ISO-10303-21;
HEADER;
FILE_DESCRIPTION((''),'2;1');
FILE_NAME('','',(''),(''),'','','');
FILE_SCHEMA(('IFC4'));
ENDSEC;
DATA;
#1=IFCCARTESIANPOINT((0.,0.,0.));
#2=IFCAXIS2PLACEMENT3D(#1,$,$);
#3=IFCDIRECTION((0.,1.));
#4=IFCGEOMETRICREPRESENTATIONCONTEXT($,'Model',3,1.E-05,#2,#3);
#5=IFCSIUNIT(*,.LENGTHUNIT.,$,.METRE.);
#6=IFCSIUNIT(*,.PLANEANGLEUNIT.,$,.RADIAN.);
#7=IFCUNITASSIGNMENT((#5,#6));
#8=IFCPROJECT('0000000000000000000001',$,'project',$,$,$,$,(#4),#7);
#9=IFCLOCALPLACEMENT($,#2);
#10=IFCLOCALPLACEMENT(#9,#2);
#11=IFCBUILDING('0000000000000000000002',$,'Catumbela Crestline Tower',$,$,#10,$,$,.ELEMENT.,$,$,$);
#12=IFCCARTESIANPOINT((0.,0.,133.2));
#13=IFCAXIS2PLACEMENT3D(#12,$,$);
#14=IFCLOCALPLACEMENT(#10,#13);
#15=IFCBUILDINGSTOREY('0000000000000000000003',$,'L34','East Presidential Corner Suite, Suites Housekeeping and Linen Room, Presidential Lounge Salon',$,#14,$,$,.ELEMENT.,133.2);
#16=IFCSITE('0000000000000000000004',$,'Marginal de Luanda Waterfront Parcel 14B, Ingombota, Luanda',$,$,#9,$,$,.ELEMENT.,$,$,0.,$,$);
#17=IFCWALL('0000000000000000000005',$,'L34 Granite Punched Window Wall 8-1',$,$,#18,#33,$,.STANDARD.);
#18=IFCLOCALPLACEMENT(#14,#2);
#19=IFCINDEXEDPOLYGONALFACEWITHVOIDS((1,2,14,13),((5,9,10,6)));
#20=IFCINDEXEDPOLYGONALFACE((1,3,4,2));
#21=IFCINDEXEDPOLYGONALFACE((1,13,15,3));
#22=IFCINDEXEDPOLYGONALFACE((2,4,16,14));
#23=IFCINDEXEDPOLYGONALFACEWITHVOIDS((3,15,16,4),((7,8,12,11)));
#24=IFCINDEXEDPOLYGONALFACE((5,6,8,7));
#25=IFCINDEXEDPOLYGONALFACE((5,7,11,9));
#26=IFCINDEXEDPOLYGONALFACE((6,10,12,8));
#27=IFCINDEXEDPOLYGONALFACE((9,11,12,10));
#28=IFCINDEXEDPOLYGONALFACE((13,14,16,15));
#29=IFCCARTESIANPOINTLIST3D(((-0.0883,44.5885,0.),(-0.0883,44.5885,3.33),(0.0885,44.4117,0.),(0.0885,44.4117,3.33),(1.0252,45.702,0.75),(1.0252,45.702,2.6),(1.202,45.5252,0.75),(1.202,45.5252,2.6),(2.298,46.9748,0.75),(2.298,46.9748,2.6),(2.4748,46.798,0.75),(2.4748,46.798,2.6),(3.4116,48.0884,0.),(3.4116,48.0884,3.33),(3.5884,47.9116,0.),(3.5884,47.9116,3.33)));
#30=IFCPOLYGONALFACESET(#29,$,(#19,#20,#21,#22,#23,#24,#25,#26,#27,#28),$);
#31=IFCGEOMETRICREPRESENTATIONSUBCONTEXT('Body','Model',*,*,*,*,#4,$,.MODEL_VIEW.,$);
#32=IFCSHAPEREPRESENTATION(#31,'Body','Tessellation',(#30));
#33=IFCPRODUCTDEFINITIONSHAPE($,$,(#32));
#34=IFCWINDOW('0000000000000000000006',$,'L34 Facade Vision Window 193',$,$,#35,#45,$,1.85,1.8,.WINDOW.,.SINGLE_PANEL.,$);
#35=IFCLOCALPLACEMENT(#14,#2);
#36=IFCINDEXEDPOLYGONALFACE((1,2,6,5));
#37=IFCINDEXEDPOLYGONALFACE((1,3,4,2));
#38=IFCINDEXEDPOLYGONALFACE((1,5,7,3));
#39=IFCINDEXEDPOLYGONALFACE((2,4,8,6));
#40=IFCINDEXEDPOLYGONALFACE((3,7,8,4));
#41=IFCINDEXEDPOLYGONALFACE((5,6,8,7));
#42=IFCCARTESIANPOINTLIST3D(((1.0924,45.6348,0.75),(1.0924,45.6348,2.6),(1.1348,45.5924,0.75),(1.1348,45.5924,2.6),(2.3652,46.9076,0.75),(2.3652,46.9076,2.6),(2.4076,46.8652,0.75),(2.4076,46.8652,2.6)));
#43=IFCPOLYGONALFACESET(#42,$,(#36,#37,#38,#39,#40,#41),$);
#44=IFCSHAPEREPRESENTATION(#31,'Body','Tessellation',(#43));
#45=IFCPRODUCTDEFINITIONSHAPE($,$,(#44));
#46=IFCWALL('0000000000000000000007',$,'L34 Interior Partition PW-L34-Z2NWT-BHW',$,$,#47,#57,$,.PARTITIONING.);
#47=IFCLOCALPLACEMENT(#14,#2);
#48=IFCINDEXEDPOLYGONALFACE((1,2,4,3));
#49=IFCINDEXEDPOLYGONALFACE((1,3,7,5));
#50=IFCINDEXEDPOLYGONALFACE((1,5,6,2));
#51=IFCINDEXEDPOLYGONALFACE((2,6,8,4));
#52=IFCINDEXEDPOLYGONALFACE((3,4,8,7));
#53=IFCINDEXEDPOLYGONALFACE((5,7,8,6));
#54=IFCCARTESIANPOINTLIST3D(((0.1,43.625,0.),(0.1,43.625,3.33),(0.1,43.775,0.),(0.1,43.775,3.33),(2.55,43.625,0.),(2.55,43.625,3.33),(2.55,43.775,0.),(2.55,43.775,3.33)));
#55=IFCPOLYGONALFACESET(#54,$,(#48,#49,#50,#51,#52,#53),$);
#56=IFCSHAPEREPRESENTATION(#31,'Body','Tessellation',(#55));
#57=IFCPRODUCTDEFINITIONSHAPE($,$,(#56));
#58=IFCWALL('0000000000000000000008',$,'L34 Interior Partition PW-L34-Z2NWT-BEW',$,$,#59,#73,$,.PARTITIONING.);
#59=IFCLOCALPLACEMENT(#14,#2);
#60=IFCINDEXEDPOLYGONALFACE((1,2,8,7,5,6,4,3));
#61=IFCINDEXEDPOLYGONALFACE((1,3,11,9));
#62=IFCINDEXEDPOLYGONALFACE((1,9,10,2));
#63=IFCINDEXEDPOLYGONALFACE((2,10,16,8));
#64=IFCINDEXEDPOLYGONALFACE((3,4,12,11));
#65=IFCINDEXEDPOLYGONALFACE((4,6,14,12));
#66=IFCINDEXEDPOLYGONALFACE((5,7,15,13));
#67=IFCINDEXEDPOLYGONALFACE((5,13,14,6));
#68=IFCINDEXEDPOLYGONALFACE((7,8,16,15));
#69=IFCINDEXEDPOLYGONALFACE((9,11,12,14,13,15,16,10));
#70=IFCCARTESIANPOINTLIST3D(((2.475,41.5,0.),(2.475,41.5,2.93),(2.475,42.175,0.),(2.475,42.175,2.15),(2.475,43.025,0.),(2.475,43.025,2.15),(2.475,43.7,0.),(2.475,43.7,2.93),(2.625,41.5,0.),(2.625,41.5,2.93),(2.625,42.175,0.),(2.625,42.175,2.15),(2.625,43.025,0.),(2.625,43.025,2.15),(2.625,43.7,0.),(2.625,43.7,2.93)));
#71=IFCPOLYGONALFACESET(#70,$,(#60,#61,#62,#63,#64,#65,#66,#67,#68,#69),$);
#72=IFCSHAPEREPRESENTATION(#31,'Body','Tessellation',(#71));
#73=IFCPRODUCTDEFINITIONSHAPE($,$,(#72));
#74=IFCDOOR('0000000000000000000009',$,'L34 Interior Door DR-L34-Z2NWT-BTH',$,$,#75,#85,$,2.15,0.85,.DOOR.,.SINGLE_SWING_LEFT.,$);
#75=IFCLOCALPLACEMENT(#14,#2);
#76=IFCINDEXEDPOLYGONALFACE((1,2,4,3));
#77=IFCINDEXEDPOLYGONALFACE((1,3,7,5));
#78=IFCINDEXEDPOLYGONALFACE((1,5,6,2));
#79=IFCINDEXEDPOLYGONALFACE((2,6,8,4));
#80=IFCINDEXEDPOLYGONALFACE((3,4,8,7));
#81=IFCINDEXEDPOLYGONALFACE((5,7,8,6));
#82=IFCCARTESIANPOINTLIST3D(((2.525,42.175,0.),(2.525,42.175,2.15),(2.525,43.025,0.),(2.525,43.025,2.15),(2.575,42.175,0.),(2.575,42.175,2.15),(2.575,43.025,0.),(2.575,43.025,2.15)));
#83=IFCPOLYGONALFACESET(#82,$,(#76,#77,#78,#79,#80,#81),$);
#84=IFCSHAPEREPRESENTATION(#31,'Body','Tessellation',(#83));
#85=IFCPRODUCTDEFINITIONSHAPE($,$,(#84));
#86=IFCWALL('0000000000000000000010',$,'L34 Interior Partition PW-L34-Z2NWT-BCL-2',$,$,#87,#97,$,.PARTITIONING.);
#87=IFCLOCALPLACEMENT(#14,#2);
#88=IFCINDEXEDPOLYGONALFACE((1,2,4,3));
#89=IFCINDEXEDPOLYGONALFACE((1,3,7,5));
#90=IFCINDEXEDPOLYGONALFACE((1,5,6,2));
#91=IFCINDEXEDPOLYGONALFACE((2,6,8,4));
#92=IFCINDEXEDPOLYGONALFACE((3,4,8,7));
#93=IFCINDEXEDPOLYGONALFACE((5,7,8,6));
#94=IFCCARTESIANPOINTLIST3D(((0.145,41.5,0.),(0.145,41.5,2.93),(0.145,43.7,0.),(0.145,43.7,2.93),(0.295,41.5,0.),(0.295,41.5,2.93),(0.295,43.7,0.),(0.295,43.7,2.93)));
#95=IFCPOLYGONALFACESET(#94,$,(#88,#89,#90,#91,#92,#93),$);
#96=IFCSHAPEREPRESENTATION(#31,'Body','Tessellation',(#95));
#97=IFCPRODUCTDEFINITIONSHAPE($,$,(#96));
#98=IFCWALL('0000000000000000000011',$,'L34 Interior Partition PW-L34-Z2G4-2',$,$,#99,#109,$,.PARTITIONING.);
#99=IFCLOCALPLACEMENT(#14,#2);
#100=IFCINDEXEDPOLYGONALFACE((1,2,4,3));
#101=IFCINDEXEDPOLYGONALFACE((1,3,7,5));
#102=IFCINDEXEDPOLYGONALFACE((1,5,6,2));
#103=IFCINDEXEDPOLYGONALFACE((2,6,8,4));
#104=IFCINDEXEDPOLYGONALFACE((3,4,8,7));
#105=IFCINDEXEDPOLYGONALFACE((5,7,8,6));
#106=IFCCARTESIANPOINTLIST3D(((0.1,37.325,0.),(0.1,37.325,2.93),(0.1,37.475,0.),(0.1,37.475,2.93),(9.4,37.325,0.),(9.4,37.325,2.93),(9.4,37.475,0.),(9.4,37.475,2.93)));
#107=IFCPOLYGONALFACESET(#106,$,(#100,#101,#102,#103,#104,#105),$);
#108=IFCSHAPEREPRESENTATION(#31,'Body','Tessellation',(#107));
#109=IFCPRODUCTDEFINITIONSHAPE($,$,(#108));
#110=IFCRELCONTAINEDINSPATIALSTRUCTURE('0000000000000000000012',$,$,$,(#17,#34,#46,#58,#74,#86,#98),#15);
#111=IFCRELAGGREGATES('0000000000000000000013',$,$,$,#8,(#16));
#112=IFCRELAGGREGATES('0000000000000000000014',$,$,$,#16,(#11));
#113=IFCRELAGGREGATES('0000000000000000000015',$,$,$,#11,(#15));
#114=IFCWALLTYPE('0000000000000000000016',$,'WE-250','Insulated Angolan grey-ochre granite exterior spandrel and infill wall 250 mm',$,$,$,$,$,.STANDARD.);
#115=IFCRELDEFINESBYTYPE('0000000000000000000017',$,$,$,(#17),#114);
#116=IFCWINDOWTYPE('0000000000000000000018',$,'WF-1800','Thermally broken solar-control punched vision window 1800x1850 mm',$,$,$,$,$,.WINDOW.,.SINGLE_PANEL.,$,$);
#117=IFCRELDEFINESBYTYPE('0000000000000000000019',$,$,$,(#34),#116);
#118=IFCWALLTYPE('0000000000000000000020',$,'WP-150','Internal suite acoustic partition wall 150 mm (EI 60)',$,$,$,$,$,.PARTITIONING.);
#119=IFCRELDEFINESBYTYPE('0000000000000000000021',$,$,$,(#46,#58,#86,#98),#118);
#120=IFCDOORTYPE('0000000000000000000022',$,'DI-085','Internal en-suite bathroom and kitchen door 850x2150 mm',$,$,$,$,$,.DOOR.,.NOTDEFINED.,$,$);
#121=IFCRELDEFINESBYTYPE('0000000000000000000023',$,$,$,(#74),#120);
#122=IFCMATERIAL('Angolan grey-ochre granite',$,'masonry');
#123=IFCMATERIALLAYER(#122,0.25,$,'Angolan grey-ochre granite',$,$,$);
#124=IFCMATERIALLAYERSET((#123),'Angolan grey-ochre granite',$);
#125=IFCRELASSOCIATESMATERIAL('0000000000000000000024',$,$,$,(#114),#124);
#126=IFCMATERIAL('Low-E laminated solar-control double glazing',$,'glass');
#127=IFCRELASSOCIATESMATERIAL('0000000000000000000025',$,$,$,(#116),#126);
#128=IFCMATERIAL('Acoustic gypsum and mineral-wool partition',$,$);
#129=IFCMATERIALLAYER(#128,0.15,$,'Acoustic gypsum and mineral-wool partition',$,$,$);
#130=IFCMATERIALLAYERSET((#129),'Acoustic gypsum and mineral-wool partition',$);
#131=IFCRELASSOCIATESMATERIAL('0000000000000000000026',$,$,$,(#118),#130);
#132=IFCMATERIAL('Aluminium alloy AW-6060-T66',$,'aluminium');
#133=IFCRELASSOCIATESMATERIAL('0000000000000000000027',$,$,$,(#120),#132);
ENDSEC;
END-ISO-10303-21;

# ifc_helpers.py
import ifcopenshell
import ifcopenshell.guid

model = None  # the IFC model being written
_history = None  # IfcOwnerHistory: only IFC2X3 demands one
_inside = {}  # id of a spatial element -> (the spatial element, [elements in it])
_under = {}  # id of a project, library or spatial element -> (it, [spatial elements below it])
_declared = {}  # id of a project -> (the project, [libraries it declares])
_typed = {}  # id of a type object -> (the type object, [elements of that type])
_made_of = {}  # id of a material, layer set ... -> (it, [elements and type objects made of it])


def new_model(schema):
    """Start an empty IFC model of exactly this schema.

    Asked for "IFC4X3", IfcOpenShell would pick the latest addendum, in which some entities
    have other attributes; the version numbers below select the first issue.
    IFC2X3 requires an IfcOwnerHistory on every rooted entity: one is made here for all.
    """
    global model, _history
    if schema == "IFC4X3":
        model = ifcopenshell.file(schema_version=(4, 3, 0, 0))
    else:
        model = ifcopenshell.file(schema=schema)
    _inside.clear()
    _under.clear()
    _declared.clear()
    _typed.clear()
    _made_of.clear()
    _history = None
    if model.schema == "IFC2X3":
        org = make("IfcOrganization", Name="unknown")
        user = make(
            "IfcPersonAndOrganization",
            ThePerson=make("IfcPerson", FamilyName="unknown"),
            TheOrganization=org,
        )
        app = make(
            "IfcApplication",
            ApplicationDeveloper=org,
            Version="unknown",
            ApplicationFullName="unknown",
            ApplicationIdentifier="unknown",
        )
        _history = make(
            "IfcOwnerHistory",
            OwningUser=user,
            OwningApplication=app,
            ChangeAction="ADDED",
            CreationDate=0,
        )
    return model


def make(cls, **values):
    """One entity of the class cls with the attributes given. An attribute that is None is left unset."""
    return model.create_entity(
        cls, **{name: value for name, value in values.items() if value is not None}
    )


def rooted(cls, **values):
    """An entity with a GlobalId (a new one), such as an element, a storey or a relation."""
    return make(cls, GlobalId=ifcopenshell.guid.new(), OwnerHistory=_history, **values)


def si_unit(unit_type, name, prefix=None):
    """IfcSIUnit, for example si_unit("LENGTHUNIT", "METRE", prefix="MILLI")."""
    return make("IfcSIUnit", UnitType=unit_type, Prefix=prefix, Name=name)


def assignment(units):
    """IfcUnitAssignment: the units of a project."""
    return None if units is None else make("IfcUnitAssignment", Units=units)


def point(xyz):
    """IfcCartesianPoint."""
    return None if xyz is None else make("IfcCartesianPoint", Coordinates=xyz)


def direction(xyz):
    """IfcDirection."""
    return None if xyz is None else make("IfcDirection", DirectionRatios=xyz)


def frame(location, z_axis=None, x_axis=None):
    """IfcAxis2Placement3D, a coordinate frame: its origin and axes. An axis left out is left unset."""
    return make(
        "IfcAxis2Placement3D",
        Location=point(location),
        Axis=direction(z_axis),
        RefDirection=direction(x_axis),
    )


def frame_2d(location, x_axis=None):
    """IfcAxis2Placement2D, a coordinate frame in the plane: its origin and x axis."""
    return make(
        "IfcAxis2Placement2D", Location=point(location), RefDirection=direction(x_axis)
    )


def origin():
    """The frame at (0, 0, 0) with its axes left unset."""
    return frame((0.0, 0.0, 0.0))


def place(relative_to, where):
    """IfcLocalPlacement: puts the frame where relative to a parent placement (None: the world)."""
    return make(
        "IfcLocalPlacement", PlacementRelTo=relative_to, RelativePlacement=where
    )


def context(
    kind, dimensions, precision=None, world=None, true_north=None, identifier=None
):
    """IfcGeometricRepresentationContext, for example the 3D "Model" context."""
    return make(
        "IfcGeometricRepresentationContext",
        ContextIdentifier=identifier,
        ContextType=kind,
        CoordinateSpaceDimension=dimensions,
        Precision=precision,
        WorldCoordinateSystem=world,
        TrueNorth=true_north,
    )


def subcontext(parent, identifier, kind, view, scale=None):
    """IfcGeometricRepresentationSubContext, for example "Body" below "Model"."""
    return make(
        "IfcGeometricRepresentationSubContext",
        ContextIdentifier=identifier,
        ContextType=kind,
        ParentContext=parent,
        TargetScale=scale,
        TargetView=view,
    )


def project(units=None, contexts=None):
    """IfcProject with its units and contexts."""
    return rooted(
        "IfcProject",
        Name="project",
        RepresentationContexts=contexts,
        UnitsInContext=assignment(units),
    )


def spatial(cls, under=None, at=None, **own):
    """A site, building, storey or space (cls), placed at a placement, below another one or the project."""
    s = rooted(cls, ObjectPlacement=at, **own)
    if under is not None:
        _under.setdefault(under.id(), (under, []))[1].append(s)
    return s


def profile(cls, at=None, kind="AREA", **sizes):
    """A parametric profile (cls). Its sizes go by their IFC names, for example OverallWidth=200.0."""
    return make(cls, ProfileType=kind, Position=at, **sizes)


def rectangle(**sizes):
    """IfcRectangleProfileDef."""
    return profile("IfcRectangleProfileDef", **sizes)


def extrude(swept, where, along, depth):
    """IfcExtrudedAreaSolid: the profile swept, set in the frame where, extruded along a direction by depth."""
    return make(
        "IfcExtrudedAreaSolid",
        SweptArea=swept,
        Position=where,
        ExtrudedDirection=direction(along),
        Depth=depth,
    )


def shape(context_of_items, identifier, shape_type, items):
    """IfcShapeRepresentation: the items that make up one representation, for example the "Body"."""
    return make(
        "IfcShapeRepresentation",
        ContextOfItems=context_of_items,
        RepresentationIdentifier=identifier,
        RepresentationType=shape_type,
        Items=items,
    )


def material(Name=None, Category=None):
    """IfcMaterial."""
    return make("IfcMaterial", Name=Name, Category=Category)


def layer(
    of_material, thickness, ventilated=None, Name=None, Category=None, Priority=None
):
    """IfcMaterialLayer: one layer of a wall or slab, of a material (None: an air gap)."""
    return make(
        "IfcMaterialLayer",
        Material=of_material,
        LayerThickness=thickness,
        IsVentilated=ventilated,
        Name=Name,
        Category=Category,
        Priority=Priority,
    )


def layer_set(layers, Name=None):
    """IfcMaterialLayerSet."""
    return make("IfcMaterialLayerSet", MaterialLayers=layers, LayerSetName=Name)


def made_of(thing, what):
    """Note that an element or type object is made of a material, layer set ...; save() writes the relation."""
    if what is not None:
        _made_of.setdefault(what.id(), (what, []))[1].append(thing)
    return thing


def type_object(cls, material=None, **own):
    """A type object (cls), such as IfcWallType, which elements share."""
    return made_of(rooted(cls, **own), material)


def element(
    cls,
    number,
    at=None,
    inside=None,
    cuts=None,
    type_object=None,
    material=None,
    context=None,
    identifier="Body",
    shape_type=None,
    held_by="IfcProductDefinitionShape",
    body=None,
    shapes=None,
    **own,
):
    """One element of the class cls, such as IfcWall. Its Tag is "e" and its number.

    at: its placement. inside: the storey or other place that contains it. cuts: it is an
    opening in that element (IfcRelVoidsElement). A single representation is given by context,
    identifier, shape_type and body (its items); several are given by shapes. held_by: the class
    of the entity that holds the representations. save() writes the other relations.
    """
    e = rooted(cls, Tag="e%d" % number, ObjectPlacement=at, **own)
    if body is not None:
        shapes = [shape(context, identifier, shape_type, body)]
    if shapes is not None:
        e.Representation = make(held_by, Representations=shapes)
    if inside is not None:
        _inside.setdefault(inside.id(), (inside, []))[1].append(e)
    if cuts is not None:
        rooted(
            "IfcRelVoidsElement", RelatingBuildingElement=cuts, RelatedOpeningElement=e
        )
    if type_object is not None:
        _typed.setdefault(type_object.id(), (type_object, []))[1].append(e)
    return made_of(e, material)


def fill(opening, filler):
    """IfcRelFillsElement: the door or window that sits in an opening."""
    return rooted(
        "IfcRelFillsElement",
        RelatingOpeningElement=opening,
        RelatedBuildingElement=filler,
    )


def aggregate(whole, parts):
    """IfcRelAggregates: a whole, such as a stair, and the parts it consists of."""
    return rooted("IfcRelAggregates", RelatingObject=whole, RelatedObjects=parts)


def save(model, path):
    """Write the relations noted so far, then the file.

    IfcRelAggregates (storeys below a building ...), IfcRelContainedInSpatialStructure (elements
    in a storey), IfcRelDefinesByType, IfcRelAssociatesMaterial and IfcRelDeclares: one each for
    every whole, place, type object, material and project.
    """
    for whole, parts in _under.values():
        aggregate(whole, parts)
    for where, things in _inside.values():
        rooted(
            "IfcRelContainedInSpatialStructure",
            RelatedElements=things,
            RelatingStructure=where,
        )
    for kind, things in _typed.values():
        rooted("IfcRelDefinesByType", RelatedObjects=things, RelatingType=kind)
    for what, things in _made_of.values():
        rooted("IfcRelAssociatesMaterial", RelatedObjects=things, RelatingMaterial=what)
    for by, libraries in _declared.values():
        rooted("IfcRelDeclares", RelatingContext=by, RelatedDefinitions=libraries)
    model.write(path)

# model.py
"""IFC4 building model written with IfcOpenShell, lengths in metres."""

from ifc_helpers import new_model, si_unit, direction, frame, frame_2d, origin, place, context, subcontext, project, spatial, rectangle, extrude, material, layer, layer_set, type_object, element, fill, save


model = new_model("IFC4")

# Units and contexts
model_context = context("Model", 3, precision=1e-05, world=origin(), true_north=direction((0.0, 1.0)))
body_context = subcontext(model_context, "Body", "Model", "MODEL_VIEW")
ifc_project = project(units=[si_unit("LENGTHUNIT", "METRE"), si_unit("PLANEANGLEUNIT", "RADIAN")], contexts=[model_context])

# Site, building, storey
site_placement = place(None, origin())
site = spatial("IfcSite", under=ifc_project, at=site_placement, Name="Marginal de Luanda Waterfront Parcel 14B, Ingombota, Luanda", CompositionType="ELEMENT", RefElevation=0.0)
building_placement = place(site_placement, origin())
building = spatial("IfcBuilding", under=site, at=building_placement, Name="Catumbela Crestline Tower", CompositionType="ELEMENT")
storey_placement = place(building_placement, frame((0.0, 0.0, 133.2)))
storey = spatial("IfcBuildingStorey", under=building, at=storey_placement, Name="L34", Description="East Presidential Corner Suite, Suites Housekeeping and Linen Room, Presidential Lounge Salon", CompositionType="ELEMENT", Elevation=133.2)

# Shared definitions
ifc_material_1 = material(Name="Aluminium alloy AW-6060-T66", Category="aluminium")

# Shared definitions
ifc_material_2 = material(Name="Low-E laminated solar-control double glazing", Category="glass")

# Shared definitions
ifc_material_3 = material(Name="Acoustic gypsum and mineral-wool partition")

# Wall, opening, window
ifc_material_4 = material(Name="Angolan grey-ochre granite", Category="masonry")
ifc_layer_1 = layer(ifc_material_4, 0.25, Name="Angolan grey-ochre granite")
ifc_layer_set_1 = layer_set([ifc_layer_1], Name="Angolan grey-ochre granite")
wall_type_1 = type_object("IfcWallType", Name="WE-250", Description="Insulated Angolan grey-ochre granite exterior spandrel and infill wall 250 mm", PredefinedType="STANDARD", material=ifc_layer_set_1)
wall_1_placement = place(storey_placement, frame((3.5, 48.0, 0.0), z_axis=(0.0, 0.0, 1.0), x_axis=(-0.707107, -0.707107, 0.0)))
wall_1 = element("IfcWall", 1, at=wall_1_placement, inside=storey, type_object=wall_type_1, Name="L34 Granite Punched Window Wall 8-1", PredefinedType="STANDARD", context=body_context, shape_type="SweptSolid", body=[
    extrude(rectangle(XDim=4.9497, YDim=0.25, at=frame_2d((2.4748, 0.0))), origin(), (0.0, 0.0, 1.0), 3.33),
])
opening_1_placement = place(wall_1_placement, frame((1.5749, 0.0, 0.75)))
opening_1 = element("IfcOpeningElement", 2, at=opening_1_placement, cuts=wall_1, PredefinedType="OPENING", context=body_context, shape_type="SweptSolid", body=[
    extrude(rectangle(XDim=1.8, YDim=1.85, at=frame_2d((0.9, 0.925))), frame((0.0, 0.135, 0.0), z_axis=(0.0, -1.0, 0.0), x_axis=(1.0, 0.0, 0.0)), (0.0, 0.0, 1.0), 0.27),
])
window_type = type_object("IfcWindowType", Name="WF-1800", Description="Thermally broken solar-control punched vision window 1800x1850 mm", PartitioningType="SINGLE_PANEL", PredefinedType="WINDOW", material=ifc_material_2)
window_placement = place(opening_1_placement, origin())
window = element("IfcWindow", 3, at=window_placement, inside=storey, type_object=window_type, Name="L34 Facade Vision Window 193", OverallHeight=1.85, OverallWidth=1.8, PartitioningType="SINGLE_PANEL", PredefinedType="WINDOW", context=body_context, shape_type="SweptSolid", body=[
    extrude(rectangle(XDim=1.8, YDim=1.85, at=frame_2d((0.9, 0.925))), frame((0.0, 0.03, 0.0), z_axis=(0.0, -1.0, 0.0), x_axis=(1.0, 0.0, 0.0)), (0.0, 0.0, 1.0), 0.06),
])
fill(opening_1, window)

# Wall
ifc_layer_2 = layer(ifc_material_3, 0.15, Name="Acoustic gypsum and mineral-wool partition")
ifc_layer_set_2 = layer_set([ifc_layer_2], Name="Acoustic gypsum and mineral-wool partition")
wall_type_2 = type_object("IfcWallType", Name="WP-150", Description="Internal suite acoustic partition wall 150 mm (EI 60)", PredefinedType="PARTITIONING", material=ifc_layer_set_2)
wall_2_placement = place(storey_placement, frame((0.1, 43.7, 0.0), z_axis=(0.0, 0.0, 1.0), x_axis=(1.0, 0.0, 0.0)))
element("IfcWall", 4, at=wall_2_placement, inside=storey, type_object=wall_type_2, Name="L34 Interior Partition PW-L34-Z2NWT-BHW", PredefinedType="PARTITIONING", context=body_context, shape_type="SweptSolid", body=[
    extrude(rectangle(XDim=2.45, YDim=0.15, at=frame_2d((1.225, 0.0))), origin(), (0.0, 0.0, 1.0), 3.33),
])

# Wall, opening, door
wall_3_placement = place(storey_placement, frame((2.55, 41.5, 0.0), z_axis=(0.0, 0.0, 1.0), x_axis=(0.0, 1.0, 0.0)))
wall_3 = element("IfcWall", 5, at=wall_3_placement, inside=storey, type_object=wall_type_2, Name="L34 Interior Partition PW-L34-Z2NWT-BEW", PredefinedType="PARTITIONING", context=body_context, shape_type="SweptSolid", body=[
    extrude(rectangle(XDim=2.2, YDim=0.15, at=frame_2d((1.1, 0.0))), origin(), (0.0, 0.0, 1.0), 2.93),
])
opening_2_placement = place(wall_3_placement, frame((0.675, 0.0, 0.0)))
opening_2 = element("IfcOpeningElement", 6, at=opening_2_placement, cuts=wall_3, PredefinedType="OPENING", context=body_context, shape_type="SweptSolid", body=[
    extrude(rectangle(XDim=0.85, YDim=2.15, at=frame_2d((0.425, 1.075))), frame((0.0, 0.085, 0.0), z_axis=(0.0, -1.0, 0.0), x_axis=(1.0, 0.0, 0.0)), (0.0, 0.0, 1.0), 0.17),
])
door_type_1 = type_object("IfcDoorType", Name="DI-085", Description="Internal en-suite bathroom and kitchen door 850x2150 mm", OperationType="NOTDEFINED", PredefinedType="DOOR", material=ifc_material_1)
door_1_placement = place(opening_2_placement, origin())
door_1 = element("IfcDoor", 7, at=door_1_placement, inside=storey, type_object=door_type_1, Name="L34 Interior Door DR-L34-Z2NWT-BTH", OperationType="SINGLE_SWING_LEFT", OverallHeight=2.15, OverallWidth=0.85, PredefinedType="DOOR", context=body_context, shape_type="SweptSolid", body=[
    extrude(rectangle(XDim=0.85, YDim=2.15, at=frame_2d((0.425, 1.075))), frame((0.0, 0.025, 0.0), z_axis=(0.0, -1.0, 0.0), x_axis=(1.0, 0.0, 0.0)), (0.0, 0.0, 1.0), 0.05),
])
fill(opening_2, door_1)

# Walls
wall_4_placement = place(storey_placement, frame((0.22, 41.5, 0.0), z_axis=(0.0, 0.0, 1.0), x_axis=(0.0, 1.0, 0.0)))
element("IfcWall", 8, at=wall_4_placement, inside=storey, type_object=wall_type_2, Name="L34 Interior Partition PW-L34-Z2NWT-BCL-2", PredefinedType="PARTITIONING", context=body_context, shape_type="SweptSolid", body=[
    extrude(rectangle(XDim=2.2, YDim=0.15, at=frame_2d((1.1, 0.0))), origin(), (0.0, 0.0, 1.0), 2.93),
])
wall_5_placement = place(storey_placement, frame((0.1, 37.4, 0.0), z_axis=(0.0, 0.0, 1.0), x_axis=(1.0, 0.0, 0.0)))
element("IfcWall", 9, at=wall_5_placement, inside=storey, type_object=wall_type_2, Name="L34 Interior Partition PW-L34-Z2G4-2", PredefinedType="PARTITIONING", context=body_context, shape_type="SweptSolid", body=[
    extrude(rectangle(XDim=9.3, YDim=0.15, at=frame_2d((4.65, 0.0))), origin(), (0.0, 0.0, 1.0), 2.93),
])

save(model, "model.ifc")
